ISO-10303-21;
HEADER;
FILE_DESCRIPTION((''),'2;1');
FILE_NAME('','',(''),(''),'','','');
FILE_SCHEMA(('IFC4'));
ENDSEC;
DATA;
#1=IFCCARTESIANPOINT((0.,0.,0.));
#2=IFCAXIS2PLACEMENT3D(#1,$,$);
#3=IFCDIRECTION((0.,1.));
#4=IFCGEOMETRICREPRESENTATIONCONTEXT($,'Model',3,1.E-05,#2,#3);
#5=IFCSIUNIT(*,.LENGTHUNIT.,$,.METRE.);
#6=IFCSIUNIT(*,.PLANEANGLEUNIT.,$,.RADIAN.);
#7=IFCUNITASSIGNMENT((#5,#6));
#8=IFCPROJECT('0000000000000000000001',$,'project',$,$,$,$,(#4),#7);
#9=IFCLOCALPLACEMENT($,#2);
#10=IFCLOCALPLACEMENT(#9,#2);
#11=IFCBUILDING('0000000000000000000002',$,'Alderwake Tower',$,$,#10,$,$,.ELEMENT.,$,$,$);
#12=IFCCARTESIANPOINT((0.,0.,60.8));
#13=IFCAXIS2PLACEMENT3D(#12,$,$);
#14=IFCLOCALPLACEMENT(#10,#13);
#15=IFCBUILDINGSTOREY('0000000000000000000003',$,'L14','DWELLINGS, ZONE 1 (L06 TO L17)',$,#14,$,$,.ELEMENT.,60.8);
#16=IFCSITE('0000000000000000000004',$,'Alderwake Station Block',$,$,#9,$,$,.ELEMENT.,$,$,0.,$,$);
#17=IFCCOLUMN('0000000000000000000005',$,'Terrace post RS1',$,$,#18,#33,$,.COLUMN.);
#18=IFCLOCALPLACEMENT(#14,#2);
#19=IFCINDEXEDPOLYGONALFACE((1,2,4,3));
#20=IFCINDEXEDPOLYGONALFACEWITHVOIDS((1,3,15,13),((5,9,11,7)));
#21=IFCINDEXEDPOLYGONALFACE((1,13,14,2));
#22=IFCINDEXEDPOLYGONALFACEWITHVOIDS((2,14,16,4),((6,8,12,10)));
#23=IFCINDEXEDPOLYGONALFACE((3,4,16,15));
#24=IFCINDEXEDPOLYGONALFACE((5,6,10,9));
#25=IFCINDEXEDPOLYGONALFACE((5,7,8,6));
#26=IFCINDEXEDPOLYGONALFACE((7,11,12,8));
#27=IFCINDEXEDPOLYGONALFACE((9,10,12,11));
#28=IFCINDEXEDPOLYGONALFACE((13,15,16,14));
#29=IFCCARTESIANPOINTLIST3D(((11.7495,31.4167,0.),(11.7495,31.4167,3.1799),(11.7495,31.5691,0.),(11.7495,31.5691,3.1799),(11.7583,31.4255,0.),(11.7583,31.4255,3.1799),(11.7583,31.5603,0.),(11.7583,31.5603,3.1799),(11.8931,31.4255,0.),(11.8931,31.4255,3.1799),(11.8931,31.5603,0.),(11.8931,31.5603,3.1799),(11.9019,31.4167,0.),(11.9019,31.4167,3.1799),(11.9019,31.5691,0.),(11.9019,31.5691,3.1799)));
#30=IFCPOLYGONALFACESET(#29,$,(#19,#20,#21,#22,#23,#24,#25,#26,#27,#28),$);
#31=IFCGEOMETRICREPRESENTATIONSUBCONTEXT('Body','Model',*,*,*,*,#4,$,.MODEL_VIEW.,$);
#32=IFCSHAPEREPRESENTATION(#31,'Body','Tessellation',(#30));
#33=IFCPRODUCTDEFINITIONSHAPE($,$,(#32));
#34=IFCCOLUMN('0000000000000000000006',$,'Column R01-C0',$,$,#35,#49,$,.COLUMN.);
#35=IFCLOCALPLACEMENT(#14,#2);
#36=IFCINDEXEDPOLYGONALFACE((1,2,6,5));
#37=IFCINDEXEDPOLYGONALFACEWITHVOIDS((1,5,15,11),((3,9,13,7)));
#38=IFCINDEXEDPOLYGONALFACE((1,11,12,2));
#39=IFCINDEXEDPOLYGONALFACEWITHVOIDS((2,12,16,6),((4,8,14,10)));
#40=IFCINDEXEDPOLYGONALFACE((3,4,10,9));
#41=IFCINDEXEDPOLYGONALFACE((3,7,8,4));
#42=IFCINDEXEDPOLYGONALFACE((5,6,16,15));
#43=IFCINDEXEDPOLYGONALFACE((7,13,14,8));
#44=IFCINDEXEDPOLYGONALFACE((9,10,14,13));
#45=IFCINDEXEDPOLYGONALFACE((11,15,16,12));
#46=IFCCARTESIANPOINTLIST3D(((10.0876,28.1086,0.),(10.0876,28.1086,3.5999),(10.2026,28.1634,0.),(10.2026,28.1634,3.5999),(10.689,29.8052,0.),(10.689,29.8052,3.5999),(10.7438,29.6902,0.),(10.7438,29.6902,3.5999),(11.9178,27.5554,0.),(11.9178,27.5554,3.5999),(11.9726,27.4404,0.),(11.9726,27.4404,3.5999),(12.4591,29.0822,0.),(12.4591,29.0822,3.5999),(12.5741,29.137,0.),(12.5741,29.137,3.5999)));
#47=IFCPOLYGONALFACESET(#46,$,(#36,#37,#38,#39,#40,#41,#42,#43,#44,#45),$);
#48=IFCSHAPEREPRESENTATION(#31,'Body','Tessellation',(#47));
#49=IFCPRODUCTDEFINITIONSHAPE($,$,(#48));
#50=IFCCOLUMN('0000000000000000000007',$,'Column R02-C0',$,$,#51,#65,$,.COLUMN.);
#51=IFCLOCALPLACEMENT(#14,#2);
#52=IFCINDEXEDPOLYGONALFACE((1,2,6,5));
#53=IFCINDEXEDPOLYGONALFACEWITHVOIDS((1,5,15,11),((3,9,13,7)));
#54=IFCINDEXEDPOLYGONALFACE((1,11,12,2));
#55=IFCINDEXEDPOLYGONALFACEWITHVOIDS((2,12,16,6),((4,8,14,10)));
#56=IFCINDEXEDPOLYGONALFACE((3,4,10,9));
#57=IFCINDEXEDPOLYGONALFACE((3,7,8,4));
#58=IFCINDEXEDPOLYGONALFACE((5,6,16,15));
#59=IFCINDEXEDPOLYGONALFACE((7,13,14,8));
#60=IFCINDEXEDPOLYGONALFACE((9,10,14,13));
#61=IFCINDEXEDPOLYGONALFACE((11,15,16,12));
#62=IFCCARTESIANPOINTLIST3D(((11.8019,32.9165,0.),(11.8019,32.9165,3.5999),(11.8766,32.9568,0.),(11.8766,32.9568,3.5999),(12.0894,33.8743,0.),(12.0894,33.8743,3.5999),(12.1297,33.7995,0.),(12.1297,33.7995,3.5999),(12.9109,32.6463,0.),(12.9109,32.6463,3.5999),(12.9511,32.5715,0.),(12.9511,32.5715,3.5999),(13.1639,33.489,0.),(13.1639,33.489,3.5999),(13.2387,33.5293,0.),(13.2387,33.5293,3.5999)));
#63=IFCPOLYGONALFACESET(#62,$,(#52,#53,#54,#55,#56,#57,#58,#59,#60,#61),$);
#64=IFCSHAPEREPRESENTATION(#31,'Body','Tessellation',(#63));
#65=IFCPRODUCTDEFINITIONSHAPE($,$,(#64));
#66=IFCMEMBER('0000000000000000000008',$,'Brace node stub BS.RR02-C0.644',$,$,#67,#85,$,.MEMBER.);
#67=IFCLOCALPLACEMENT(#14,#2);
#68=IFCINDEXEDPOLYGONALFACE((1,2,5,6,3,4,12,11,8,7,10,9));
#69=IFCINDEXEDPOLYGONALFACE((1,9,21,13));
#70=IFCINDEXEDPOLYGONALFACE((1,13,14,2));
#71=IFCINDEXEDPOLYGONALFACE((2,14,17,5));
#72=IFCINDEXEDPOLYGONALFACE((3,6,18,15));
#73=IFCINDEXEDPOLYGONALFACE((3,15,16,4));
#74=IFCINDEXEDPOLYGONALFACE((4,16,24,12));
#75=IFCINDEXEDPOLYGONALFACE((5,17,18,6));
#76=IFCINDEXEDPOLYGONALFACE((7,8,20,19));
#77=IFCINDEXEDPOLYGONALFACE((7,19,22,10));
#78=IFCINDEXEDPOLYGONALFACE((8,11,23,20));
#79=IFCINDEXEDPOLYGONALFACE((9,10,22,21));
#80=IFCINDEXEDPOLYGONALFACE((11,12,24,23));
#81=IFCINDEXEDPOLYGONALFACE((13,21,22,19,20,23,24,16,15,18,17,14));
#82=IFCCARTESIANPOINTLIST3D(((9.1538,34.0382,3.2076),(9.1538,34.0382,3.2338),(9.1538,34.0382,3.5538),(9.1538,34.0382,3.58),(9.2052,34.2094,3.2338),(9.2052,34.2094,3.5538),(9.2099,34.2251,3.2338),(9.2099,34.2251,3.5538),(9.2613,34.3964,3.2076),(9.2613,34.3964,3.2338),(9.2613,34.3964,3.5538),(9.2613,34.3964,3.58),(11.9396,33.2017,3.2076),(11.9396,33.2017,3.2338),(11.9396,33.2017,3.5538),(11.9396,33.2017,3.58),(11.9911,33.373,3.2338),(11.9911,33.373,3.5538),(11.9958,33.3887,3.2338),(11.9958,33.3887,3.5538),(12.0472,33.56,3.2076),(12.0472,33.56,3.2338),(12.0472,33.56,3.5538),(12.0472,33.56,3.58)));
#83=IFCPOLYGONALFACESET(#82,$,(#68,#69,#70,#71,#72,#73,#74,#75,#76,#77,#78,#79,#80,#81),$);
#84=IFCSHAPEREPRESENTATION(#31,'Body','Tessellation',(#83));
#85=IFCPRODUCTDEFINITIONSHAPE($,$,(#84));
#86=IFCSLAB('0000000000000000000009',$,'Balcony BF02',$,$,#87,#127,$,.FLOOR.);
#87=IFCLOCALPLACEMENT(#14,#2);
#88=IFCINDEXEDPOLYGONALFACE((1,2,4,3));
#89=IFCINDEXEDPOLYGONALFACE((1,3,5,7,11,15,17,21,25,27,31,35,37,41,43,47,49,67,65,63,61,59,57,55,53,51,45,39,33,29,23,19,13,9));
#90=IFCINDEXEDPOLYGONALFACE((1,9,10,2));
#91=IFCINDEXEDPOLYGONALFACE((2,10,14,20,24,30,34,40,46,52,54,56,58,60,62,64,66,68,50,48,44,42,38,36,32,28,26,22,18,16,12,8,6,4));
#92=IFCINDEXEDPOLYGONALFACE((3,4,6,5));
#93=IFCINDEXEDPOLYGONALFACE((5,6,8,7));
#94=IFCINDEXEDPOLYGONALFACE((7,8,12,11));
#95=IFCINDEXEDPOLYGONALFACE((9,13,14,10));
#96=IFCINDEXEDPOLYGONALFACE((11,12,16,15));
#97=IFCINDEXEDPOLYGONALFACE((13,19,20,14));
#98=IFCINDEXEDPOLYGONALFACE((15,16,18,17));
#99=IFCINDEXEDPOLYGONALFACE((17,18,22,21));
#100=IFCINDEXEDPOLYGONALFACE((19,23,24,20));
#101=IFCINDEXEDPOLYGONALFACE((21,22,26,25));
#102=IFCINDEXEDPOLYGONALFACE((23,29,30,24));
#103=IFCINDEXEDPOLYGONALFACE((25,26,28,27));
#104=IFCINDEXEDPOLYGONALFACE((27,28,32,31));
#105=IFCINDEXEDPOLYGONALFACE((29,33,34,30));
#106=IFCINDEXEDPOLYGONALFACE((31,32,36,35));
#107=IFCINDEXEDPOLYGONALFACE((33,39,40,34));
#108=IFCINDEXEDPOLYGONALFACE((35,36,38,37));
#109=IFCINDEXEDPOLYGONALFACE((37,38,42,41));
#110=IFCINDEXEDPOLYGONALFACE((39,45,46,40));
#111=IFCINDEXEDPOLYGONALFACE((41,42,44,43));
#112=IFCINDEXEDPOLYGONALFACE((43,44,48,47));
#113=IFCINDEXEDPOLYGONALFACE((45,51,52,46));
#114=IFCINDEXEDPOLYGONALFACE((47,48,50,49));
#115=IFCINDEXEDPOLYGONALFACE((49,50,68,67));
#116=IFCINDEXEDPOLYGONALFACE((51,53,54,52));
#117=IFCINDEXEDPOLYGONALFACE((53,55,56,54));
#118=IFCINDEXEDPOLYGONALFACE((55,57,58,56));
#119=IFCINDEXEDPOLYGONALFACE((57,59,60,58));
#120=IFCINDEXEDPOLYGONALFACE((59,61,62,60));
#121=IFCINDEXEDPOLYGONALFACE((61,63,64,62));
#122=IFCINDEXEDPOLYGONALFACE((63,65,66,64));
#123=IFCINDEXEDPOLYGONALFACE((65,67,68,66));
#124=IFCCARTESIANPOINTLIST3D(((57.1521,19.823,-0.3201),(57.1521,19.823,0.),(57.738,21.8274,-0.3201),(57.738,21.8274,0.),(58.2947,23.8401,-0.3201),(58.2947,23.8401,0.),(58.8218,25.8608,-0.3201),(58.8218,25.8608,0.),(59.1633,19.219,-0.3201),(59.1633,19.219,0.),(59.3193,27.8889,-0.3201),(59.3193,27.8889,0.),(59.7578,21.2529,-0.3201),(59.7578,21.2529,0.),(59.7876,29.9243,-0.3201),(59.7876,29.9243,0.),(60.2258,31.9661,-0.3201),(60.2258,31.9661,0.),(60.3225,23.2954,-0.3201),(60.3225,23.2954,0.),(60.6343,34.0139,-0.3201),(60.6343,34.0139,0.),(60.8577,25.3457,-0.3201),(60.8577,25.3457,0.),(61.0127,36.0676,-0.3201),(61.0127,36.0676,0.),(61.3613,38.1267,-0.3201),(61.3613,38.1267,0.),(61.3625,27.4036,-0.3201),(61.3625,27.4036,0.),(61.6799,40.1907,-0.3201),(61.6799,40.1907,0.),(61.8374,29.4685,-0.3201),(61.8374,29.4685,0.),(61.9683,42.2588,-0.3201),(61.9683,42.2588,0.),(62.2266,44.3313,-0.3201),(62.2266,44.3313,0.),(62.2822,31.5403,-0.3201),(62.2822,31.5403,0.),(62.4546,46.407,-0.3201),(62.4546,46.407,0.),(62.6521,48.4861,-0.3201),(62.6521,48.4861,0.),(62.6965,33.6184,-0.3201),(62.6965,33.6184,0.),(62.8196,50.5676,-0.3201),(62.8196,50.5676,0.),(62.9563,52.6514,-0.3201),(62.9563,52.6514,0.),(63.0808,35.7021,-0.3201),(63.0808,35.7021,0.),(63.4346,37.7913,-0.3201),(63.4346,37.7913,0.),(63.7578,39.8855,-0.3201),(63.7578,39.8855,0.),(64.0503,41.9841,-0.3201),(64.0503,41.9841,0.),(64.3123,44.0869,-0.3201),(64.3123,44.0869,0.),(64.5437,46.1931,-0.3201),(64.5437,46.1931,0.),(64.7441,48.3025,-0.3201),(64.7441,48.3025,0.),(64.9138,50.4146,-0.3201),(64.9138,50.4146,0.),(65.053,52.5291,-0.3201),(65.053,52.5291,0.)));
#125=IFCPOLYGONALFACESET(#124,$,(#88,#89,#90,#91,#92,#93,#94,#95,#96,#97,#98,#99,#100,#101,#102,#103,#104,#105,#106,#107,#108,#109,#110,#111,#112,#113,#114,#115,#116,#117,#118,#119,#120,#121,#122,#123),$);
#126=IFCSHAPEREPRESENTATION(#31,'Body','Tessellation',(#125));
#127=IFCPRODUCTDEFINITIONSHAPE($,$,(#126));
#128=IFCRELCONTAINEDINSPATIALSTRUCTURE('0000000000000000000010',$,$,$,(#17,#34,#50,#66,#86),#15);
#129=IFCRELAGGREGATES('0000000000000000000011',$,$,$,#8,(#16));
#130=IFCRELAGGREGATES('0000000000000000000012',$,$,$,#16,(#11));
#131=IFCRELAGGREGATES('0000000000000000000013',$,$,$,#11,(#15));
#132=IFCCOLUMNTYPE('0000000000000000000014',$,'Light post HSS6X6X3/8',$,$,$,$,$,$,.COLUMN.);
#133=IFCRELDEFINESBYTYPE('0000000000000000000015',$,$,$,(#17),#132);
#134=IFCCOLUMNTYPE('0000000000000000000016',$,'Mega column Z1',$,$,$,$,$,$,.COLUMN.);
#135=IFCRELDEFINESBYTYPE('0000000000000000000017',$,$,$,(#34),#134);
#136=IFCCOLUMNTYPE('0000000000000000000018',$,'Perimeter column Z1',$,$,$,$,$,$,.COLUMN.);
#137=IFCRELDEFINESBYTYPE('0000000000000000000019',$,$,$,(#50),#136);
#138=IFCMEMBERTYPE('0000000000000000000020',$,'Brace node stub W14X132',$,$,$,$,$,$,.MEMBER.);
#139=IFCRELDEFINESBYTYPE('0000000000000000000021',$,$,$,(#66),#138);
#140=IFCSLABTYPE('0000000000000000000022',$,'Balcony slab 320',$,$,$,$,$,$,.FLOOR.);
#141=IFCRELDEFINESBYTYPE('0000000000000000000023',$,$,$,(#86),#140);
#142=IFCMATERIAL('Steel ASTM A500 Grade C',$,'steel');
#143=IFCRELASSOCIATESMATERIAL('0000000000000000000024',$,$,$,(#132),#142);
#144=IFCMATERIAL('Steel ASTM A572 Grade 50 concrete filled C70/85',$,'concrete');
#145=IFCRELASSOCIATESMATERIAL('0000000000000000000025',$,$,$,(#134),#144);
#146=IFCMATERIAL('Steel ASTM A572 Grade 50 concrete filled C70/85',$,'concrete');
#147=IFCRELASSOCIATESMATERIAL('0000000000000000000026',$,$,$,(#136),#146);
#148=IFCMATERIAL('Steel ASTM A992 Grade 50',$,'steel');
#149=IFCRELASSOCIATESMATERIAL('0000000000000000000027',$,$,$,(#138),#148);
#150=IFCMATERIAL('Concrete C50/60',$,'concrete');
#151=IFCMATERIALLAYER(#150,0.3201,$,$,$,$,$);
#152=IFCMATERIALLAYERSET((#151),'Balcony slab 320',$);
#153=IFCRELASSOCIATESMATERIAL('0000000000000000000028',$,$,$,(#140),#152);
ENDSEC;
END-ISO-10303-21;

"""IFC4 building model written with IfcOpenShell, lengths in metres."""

from ifc_helpers import new_model, si_unit, direction, frame, origin, origin_2d, place, context, subcontext, project, spatial, polyline, hollow_rectangle, i_section, outline, extrude, material, layer, layer_set, material_profile, profile_set, type_object, element, save


model = new_model("IFC4")

# Units and contexts
model_context = context("Model", 3, precision=1e-05, world=origin(), true_north=direction((0.0, 1.0)))
body_context = subcontext(model_context, "Body", "Model", "MODEL_VIEW")
ifc_project = project(units=[si_unit("LENGTHUNIT", "METRE"), si_unit("PLANEANGLEUNIT", "RADIAN")], contexts=[model_context])

# Site, building, storey
site_placement = place(None, origin())
site = spatial("IfcSite", under=ifc_project, at=site_placement, Name="Alderwake Station Block", CompositionType="ELEMENT", RefElevation=0.0)
building_placement = place(site_placement, origin())
building = spatial("IfcBuilding", under=site, at=building_placement, Name="Alderwake Tower", CompositionType="ELEMENT")
storey_placement = place(building_placement, frame((0.0, 0.0, 60.8)))
storey = spatial("IfcBuildingStorey", under=building, at=storey_placement, Name="L14", Description="DWELLINGS, ZONE 1 (L06 TO L17)", CompositionType="ELEMENT", Elevation=60.8)

# Columns
ifc_material_1 = material(Name="Steel ASTM A500 Grade C", Category="steel")
ifc_material_profile_1 = material_profile(ifc_material_1, hollow_rectangle(XDim=0.1523, YDim=0.1523, WallThickness=0.0088, at=origin_2d()), Name="HSS6X6X3/8")
ifc_profile_set_1 = profile_set([ifc_material_profile_1], Name="Steel ASTM A500 Grade C")
column_type_1 = type_object("IfcColumnType", Name="Light post HSS6X6X3/8", PredefinedType="COLUMN", material=ifc_profile_set_1)
column_1_placement = place(storey_placement, frame((11.8257, 31.4929, 0.0), z_axis=(0.0, 0.0, 1.0), x_axis=(1.0, 0.0, 0.0)))
element("IfcColumn", 1, at=column_1_placement, inside=storey, type_object=column_type_1, Name="Terrace post RS1", PredefinedType="COLUMN", context=body_context, shape_type="SweptSolid", body=[
    extrude(hollow_rectangle(XDim=0.1523, YDim=0.1523, WallThickness=0.0088, at=origin_2d()), origin(), (0.0, 0.0, 1.0), 3.1799),
])
ifc_material_2 = material(Name="Steel ASTM A572 Grade 50 concrete filled C70/85", Category="concrete")
ifc_material_profile_2 = material_profile(ifc_material_2, hollow_rectangle(XDim=1.8, YDim=2.0, WallThickness=0.0901, at=origin_2d()), Name="BOX 2000X1800X90")
ifc_profile_set_2 = profile_set([ifc_material_profile_2], Name="Steel ASTM A572 Grade 50 concrete filled C70/85")
column_type_2 = type_object("IfcColumnType", Name="Mega column Z1", PredefinedType="COLUMN", material=ifc_profile_set_2)
column_2_placement = place(storey_placement, frame((11.3308, 28.6228, 0.0), z_axis=(0.0, 0.0, 1.0), x_axis=(0.334131, 0.942527, 0.0)))
element("IfcColumn", 2, at=column_2_placement, inside=storey, type_object=column_type_2, Name="Column R01-C0", PredefinedType="COLUMN", context=body_context, shape_type="SweptSolid", body=[
    extrude(hollow_rectangle(XDim=1.8, YDim=2.0, WallThickness=0.0901, at=origin_2d()), origin(), (0.0, 0.0, 1.0), 3.5999),
])
ifc_material_3 = material(Name="Steel ASTM A572 Grade 50 concrete filled C70/85", Category="concrete")
ifc_material_profile_3 = material_profile(ifc_material_3, hollow_rectangle(XDim=1.0, YDim=1.2, WallThickness=0.0601, at=origin_2d()), Name="BOX 1200X1000X60")
ifc_profile_set_3 = profile_set([ifc_material_profile_3], Name="Steel ASTM A572 Grade 50 concrete filled C70/85")
column_type_3 = type_object("IfcColumnType", Name="Perimeter column Z1", PredefinedType="COLUMN", material=ifc_profile_set_3)
column_3_placement = place(storey_placement, frame((12.5203, 33.2229, 0.0), z_axis=(0.0, 0.0, 1.0), x_axis=(0.287549, 0.957766, 0.0)))
element("IfcColumn", 3, at=column_3_placement, inside=storey, type_object=column_type_3, Name="Column R02-C0", PredefinedType="COLUMN", context=body_context, shape_type="SweptSolid", body=[
    extrude(hollow_rectangle(XDim=1.0, YDim=1.2, WallThickness=0.0601, at=origin_2d()), origin(), (0.0, 0.0, 1.0), 3.5999),
])

# Member
ifc_material_4 = material(Name="Steel ASTM A992 Grade 50", Category="steel")
ifc_material_profile_4 = material_profile(ifc_material_4, i_section(OverallWidth=0.374, OverallDepth=0.3723, WebThickness=0.0164, FlangeThickness=0.0261, at=origin_2d()), Name="W14X132")
ifc_profile_set_4 = profile_set([ifc_material_profile_4], Name="Steel ASTM A992 Grade 50")
member_type = type_object("IfcMemberType", Name="Brace node stub W14X132", PredefinedType="MEMBER", material=ifc_profile_set_4)
member_placement = place(storey_placement, frame((11.9934, 33.3809, 3.3938), z_axis=(-0.957764, 0.287556, 0.0), x_axis=(-0.287556, -0.957764, 0.0)))
element("IfcMember", 4, at=member_placement, inside=storey, type_object=member_type, Name="Brace node stub BS.RR02-C0.644", PredefinedType="MEMBER", context=body_context, shape_type="SweptSolid", body=[
    extrude(i_section(OverallWidth=0.374, OverallDepth=0.3723, WebThickness=0.0164, FlangeThickness=0.0261, at=origin_2d()), origin(), (0.0, 0.0, 1.0), 2.9087),
])

# Slab
ifc_material_5 = material(Name="Concrete C50/60", Category="concrete")
ifc_layer_1 = layer(ifc_material_5, 0.3201)
ifc_layer_set_1 = layer_set([ifc_layer_1], Name="Balcony slab 320")
slab_type_1 = type_object("IfcSlabType", Name="Balcony slab 320", PredefinedType="FLOOR", material=ifc_layer_set_1)
slab_1_placement = place(storey_placement, frame((0.0, 0.0, -0.3201)))
element("IfcSlab", 5, at=slab_1_placement, inside=storey, type_object=slab_type_1, Name="Balcony BF02", PredefinedType="FLOOR", context=body_context, shape_type="SweptSolid", body=[
    extrude(outline(polyline([(59.7578, 21.2529), (60.3225, 23.2954), (60.8577, 25.3457), (61.3625, 27.4036), (61.8374, 29.4685), (62.2822, 31.5403), (62.6965, 33.6184), (63.0808, 35.7021), (63.4346, 37.7913), (63.7578, 39.8855), (64.0503, 41.9841), (64.3123, 44.0869), (64.5437, 46.1931), (64.7441, 48.3025), (64.9138, 50.4146), (65.053, 52.5291), (62.9563, 52.6514), (62.8196, 50.5676), (62.6521, 48.4861), (62.4546, 46.407), (62.2266, 44.3313), (61.9683, 42.2588), (61.6799, 40.1907), (61.3613, 38.1267), (61.0127, 36.0676), (60.6343, 34.0139), (60.2258, 31.9661), (59.7876, 29.9243), (59.3193, 27.8889), (58.8218, 25.8608), (58.2947, 23.8401), (57.738, 21.8274), (57.1521, 19.823), (59.1633, 19.219), (59.7578, 21.2529)])), origin(), (0.0, 0.0, 1.0), 0.3201),
])

save(model, "model.ifc")
